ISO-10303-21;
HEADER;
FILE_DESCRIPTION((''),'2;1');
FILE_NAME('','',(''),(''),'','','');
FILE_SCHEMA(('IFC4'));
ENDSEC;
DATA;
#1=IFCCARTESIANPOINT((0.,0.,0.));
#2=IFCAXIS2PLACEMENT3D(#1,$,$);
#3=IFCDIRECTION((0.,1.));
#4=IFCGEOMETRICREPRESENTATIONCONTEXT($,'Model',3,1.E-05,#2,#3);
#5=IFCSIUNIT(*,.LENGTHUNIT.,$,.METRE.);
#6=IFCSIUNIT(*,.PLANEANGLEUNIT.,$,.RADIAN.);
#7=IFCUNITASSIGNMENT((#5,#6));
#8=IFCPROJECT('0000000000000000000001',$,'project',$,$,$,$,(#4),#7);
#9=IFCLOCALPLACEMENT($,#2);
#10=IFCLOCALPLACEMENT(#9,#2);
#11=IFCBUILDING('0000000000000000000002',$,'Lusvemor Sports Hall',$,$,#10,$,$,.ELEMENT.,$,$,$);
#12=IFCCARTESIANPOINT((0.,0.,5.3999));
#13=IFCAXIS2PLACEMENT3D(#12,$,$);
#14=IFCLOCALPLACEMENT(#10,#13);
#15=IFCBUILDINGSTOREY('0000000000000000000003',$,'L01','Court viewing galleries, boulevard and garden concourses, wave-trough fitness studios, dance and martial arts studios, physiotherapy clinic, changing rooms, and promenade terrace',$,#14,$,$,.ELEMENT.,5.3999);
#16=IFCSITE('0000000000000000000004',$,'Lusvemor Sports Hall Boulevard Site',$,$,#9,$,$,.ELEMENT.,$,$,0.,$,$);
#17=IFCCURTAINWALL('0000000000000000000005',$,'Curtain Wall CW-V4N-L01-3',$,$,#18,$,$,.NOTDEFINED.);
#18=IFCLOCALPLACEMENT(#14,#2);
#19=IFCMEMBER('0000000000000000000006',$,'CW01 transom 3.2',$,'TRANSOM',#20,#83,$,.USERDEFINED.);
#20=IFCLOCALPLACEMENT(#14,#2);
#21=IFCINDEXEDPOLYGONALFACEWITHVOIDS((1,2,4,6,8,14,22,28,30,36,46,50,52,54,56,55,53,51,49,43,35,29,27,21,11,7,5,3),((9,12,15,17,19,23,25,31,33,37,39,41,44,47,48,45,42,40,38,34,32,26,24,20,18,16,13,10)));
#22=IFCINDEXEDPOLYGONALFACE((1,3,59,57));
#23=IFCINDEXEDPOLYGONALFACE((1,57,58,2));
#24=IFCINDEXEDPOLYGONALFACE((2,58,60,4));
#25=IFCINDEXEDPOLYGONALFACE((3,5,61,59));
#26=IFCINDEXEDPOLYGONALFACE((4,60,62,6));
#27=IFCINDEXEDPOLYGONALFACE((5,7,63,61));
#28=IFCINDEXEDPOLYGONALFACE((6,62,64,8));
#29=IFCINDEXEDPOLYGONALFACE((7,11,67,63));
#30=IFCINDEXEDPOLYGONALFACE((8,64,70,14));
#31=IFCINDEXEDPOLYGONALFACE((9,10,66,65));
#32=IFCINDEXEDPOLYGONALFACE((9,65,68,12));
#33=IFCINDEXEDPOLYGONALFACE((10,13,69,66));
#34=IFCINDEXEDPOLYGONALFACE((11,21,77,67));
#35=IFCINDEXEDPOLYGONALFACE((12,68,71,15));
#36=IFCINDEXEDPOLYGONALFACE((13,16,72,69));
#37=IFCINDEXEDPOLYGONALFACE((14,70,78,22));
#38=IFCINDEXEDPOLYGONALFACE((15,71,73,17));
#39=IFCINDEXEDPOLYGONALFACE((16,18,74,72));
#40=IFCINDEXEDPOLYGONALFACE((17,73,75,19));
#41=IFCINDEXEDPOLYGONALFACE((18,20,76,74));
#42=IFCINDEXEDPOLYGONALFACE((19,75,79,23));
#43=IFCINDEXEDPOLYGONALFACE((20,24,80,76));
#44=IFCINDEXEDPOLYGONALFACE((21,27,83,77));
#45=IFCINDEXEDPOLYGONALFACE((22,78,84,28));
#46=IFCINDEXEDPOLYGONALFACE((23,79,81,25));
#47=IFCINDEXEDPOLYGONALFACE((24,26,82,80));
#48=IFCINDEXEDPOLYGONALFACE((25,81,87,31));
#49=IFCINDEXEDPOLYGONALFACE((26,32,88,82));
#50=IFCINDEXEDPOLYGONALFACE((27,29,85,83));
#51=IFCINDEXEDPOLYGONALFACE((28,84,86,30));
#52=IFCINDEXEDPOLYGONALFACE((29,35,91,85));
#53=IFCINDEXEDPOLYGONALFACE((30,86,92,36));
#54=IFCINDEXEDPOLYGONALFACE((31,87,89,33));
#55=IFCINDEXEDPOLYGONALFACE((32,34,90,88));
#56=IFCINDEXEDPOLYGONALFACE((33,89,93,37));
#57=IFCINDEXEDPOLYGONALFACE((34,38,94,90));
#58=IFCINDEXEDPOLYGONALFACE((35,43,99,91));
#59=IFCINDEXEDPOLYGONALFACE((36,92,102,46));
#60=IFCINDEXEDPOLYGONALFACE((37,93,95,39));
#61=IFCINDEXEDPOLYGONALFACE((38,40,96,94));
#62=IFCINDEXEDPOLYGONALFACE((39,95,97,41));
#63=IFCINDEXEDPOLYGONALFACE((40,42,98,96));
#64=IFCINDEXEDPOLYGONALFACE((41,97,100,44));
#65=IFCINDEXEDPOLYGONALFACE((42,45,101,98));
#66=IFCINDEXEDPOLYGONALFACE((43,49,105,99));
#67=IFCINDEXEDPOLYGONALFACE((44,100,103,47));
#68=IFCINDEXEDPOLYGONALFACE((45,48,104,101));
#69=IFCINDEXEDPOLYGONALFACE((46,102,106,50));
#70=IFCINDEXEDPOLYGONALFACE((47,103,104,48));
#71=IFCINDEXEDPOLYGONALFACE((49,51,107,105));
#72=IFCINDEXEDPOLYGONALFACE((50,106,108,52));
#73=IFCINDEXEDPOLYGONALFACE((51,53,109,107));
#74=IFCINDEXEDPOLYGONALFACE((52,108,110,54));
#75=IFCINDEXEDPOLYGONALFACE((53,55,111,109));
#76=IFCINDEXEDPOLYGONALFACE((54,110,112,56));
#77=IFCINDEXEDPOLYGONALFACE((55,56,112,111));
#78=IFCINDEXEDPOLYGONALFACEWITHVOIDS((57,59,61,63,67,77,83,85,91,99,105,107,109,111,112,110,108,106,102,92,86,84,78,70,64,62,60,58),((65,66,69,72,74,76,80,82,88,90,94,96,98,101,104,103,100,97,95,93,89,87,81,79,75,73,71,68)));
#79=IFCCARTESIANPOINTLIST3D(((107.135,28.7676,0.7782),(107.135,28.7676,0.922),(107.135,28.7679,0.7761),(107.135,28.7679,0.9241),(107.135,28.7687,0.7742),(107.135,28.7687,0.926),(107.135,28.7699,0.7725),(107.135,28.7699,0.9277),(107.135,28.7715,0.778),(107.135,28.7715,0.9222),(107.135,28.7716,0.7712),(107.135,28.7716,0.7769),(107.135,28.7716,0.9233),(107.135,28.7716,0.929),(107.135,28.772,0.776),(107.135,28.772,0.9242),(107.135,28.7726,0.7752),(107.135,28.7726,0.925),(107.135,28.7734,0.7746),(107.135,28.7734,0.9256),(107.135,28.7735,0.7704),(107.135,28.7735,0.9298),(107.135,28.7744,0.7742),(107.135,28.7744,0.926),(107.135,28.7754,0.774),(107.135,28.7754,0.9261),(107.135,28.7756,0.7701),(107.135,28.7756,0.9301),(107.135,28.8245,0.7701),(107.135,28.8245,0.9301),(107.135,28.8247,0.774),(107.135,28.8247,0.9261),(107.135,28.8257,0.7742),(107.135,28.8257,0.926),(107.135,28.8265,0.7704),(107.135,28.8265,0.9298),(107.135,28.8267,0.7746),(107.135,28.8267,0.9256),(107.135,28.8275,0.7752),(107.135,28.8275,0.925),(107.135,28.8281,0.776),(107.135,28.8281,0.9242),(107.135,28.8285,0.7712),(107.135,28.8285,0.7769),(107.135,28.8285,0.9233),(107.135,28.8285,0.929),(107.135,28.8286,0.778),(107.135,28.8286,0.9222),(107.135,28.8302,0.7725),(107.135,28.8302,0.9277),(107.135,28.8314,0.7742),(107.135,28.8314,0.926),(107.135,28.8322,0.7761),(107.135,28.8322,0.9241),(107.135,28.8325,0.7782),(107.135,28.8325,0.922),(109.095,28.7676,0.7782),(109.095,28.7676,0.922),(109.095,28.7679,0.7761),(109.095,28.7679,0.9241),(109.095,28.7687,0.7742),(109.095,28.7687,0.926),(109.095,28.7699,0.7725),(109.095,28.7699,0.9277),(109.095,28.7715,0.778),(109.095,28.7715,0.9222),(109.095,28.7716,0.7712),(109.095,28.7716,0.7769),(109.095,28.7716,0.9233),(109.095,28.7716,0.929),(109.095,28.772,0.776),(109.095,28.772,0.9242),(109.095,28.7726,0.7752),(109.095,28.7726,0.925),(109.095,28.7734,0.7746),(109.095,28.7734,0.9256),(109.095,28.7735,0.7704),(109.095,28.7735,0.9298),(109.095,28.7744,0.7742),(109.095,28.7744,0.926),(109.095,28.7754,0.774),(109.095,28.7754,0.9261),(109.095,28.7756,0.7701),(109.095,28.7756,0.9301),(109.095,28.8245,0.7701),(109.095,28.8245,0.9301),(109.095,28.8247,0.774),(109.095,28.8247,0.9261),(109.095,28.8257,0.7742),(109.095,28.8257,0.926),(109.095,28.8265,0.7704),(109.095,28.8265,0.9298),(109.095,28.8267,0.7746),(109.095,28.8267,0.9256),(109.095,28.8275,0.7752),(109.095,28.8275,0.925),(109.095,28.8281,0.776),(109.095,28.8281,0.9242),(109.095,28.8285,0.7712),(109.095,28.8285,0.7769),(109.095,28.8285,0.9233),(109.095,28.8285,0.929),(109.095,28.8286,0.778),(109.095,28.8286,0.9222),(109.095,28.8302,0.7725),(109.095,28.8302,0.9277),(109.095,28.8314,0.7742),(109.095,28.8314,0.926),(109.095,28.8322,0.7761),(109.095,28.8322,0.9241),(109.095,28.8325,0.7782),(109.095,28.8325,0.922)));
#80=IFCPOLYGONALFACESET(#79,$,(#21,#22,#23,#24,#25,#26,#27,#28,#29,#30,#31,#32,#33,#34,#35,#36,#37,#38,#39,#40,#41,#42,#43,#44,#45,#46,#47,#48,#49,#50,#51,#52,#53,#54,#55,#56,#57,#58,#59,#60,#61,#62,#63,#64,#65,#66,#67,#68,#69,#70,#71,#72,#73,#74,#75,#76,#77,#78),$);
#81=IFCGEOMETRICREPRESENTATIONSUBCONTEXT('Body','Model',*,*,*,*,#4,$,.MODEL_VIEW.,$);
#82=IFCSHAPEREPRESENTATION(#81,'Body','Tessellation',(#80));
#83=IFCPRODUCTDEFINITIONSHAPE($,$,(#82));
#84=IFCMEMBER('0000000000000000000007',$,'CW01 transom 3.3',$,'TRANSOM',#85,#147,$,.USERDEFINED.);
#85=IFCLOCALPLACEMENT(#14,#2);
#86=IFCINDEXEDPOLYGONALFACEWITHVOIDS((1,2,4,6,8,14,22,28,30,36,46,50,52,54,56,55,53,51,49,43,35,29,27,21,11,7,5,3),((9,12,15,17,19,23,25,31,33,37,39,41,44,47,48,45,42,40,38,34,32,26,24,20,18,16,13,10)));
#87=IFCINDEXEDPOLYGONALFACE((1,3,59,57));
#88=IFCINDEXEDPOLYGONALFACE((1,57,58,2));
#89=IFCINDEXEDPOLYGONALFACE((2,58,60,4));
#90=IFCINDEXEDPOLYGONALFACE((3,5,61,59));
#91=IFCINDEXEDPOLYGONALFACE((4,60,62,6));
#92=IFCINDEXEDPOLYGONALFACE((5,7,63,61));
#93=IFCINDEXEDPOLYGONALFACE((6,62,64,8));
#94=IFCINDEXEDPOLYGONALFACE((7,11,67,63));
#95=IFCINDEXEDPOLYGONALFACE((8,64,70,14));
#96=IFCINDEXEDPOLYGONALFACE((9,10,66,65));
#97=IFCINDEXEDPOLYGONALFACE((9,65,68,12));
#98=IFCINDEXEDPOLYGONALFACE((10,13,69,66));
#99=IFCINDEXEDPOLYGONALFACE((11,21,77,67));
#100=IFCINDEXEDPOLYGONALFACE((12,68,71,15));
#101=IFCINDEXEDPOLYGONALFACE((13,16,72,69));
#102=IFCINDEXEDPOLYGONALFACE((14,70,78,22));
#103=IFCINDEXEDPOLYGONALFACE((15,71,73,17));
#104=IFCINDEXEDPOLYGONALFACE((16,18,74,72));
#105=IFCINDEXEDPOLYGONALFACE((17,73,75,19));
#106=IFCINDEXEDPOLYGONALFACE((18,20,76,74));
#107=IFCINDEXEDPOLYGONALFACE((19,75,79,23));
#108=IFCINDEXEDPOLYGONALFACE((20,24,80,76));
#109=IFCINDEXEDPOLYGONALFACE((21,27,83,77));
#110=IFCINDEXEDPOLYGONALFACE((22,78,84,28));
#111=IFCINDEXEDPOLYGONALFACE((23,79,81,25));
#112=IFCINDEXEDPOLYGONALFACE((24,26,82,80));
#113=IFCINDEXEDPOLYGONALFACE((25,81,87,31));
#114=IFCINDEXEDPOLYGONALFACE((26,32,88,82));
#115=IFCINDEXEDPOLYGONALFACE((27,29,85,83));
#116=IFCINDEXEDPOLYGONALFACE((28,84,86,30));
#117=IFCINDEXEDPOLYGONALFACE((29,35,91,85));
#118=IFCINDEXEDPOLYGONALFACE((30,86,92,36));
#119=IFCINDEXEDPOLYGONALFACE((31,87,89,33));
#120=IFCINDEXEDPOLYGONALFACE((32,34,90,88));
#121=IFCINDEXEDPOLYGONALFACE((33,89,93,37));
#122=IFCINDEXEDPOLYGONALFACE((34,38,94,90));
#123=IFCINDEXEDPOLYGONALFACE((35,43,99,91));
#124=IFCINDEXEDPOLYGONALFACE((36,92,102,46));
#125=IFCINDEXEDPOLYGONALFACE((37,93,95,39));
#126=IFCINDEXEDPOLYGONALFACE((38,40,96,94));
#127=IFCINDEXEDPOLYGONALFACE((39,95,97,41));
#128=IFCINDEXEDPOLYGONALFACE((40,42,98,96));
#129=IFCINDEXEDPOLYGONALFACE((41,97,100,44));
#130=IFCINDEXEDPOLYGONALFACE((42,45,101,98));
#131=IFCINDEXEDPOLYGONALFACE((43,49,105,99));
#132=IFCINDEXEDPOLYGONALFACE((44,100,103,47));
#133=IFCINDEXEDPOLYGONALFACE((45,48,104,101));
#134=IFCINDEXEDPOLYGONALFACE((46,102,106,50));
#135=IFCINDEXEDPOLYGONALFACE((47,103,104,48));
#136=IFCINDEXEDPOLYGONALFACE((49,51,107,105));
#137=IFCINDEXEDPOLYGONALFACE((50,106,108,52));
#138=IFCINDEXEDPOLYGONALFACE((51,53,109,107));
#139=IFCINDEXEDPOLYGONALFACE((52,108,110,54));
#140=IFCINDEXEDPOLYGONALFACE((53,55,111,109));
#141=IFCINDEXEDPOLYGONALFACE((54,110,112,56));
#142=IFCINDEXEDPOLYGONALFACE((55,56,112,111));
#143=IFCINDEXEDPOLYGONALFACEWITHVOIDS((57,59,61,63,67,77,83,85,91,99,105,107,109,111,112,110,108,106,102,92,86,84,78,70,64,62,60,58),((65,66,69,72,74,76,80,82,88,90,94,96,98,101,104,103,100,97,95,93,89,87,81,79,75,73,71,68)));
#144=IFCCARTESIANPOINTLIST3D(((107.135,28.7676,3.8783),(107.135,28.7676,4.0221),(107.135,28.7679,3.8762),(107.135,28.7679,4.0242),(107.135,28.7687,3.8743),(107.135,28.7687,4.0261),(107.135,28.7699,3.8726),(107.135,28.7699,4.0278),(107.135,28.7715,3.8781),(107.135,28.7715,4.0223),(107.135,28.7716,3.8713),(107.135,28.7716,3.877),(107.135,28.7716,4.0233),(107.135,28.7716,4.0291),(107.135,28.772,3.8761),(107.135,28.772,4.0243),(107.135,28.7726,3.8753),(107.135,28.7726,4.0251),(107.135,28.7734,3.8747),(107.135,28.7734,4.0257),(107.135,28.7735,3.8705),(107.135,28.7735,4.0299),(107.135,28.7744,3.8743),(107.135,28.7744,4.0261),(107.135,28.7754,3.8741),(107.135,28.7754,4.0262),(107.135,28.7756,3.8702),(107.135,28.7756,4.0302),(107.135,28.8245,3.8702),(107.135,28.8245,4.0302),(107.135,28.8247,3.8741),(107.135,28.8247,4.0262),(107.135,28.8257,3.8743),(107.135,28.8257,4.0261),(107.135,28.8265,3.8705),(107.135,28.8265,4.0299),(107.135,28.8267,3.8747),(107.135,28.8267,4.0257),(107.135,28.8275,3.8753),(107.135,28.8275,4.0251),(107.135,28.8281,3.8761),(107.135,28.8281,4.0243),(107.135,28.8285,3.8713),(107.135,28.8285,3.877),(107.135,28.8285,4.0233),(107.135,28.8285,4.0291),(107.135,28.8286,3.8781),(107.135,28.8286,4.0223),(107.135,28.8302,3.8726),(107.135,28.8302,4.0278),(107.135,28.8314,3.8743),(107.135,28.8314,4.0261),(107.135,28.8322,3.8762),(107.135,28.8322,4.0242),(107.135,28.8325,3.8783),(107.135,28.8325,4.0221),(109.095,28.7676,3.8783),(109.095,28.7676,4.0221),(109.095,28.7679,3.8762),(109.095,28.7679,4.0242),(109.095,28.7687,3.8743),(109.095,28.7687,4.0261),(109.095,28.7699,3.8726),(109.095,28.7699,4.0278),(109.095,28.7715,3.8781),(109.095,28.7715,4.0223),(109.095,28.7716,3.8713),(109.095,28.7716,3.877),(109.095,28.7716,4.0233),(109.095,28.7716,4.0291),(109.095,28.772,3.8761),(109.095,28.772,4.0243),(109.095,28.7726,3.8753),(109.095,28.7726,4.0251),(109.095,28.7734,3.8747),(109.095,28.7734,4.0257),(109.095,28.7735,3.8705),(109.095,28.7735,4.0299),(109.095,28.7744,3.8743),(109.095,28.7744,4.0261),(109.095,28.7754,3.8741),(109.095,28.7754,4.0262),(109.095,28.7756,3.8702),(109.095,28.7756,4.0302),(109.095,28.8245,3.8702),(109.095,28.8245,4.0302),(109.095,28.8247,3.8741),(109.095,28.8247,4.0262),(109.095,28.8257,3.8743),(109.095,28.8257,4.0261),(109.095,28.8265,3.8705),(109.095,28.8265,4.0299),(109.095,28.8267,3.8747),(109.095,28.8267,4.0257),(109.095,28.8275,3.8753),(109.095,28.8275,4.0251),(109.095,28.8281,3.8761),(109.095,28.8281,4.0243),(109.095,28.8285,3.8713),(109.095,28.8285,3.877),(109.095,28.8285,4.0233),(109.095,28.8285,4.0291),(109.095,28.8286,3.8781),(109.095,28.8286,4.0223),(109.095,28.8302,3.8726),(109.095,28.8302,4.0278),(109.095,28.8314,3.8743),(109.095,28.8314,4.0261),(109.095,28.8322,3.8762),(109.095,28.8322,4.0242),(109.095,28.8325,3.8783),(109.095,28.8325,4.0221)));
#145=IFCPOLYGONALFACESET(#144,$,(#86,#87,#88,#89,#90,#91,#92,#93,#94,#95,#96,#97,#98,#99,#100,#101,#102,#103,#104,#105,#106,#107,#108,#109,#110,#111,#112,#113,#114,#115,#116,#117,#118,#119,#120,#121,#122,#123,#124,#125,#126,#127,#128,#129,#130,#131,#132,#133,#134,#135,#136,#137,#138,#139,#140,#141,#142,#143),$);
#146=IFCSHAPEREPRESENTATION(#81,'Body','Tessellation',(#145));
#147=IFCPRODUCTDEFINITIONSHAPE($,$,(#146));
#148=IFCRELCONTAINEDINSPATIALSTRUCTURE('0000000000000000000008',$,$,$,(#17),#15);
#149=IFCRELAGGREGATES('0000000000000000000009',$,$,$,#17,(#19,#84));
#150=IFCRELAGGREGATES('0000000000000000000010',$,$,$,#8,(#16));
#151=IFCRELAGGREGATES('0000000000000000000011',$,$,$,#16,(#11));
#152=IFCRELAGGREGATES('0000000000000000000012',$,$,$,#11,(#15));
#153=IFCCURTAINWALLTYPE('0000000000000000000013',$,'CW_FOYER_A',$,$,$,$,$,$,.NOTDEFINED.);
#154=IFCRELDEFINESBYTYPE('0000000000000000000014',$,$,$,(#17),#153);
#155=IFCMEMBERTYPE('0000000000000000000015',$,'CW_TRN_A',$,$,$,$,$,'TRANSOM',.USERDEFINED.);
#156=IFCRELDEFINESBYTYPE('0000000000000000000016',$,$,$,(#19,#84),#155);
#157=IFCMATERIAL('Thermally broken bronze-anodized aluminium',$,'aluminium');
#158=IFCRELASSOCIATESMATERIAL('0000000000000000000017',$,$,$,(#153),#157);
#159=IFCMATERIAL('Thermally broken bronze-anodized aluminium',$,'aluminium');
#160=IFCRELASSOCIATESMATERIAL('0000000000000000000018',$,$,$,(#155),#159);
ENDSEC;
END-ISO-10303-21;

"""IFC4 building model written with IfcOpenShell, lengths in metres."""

from ifc_helpers import new_model, si_unit, direction, frame, origin, origin_2d, place, context, subcontext, project, spatial, hollow_rectangle, extrude, material, material_profile, profile_set, type_object, element, aggregate, save


model = new_model("IFC4")

# Units and contexts
model_context = context("Model", 3, precision=1e-05, world=origin(), true_north=direction((0.0, 1.0)))
body_context = subcontext(model_context, "Body", "Model", "MODEL_VIEW")
ifc_project = project(units=[si_unit("LENGTHUNIT", "METRE"), si_unit("PLANEANGLEUNIT", "RADIAN")], contexts=[model_context])

# Site, building, storey
site_placement = place(None, origin())
site = spatial("IfcSite", under=ifc_project, at=site_placement, Name="Lusvemor Sports Hall Boulevard Site", CompositionType="ELEMENT", RefElevation=0.0)
building_placement = place(site_placement, origin())
building = spatial("IfcBuilding", under=site, at=building_placement, Name="Lusvemor Sports Hall", CompositionType="ELEMENT")
storey_placement = place(building_placement, frame((0.0, 0.0, 5.3999)))
storey = spatial("IfcBuildingStorey", under=building, at=storey_placement, Name="L01", Description="Court viewing galleries, boulevard and garden concourses, wave-trough fitness studios, dance and martial arts studios, physiotherapy clinic, changing rooms, and promenade terrace", CompositionType="ELEMENT", Elevation=5.3999)

# Curtain wall
ifc_material_1 = material(Name="Thermally broken bronze-anodized aluminium", Category="aluminium")
curtain_wall_type = type_object("IfcCurtainWallType", Name="CW_FOYER_A", PredefinedType="NOTDEFINED", material=ifc_material_1)
curtain_wall_1_placement = place(storey_placement, origin())
curtain_wall_1 = element("IfcCurtainWall", 1, at=curtain_wall_1_placement, inside=storey, type_object=curtain_wall_type, Name="Curtain Wall CW-V4N-L01-3", PredefinedType="NOTDEFINED")

# Members
ifc_material_2 = material(Name="Thermally broken bronze-anodized aluminium", Category="aluminium")
ifc_material_profile_1 = material_profile(ifc_material_2, hollow_rectangle(XDim=0.0649, YDim=0.1599, WallThickness=0.0039, InnerFilletRadius=0.0039, OuterFilletRadius=0.0081, at=origin_2d()), Name="CWTRN160x65x4")
ifc_profile_set_1 = profile_set([ifc_material_profile_1], Name="Thermally broken bronze-anodized aluminium")
member_type_1 = type_object("IfcMemberType", Name="CW_TRN_A", ElementType="TRANSOM", PredefinedType="USERDEFINED", material=ifc_profile_set_1)
member_1_placement = place(storey_placement, frame((107.135, 28.8, 0.8501), z_axis=(1.0, 0.0, 0.0), x_axis=(0.0, 1.0, 0.0)))
member_1 = element("IfcMember", 2, at=member_1_placement, type_object=member_type_1, Name="CW01 transom 3.2", ObjectType="TRANSOM", PredefinedType="USERDEFINED", context=body_context, shape_type="SweptSolid", body=[
    extrude(hollow_rectangle(XDim=0.0649, YDim=0.1599, WallThickness=0.0039, InnerFilletRadius=0.0039, OuterFilletRadius=0.0081, at=origin_2d()), origin(), (0.0, 0.0, 1.0), 1.96),
])
member_2_placement = place(storey_placement, frame((107.135, 28.8, 3.9502), z_axis=(1.0, 0.0, 0.0), x_axis=(0.0, 1.0, 0.0)))
member_2 = element("IfcMember", 3, at=member_2_placement, type_object=member_type_1, Name="CW01 transom 3.3", ObjectType="TRANSOM", PredefinedType="USERDEFINED", context=body_context, shape_type="SweptSolid", body=[
    extrude(hollow_rectangle(XDim=0.0649, YDim=0.1599, WallThickness=0.0039, InnerFilletRadius=0.0039, OuterFilletRadius=0.0081, at=origin_2d()), origin(), (0.0, 0.0, 1.0), 1.96),
])

aggregate(curtain_wall_1, [member_1, member_2])

save(model, "model.ifc")
